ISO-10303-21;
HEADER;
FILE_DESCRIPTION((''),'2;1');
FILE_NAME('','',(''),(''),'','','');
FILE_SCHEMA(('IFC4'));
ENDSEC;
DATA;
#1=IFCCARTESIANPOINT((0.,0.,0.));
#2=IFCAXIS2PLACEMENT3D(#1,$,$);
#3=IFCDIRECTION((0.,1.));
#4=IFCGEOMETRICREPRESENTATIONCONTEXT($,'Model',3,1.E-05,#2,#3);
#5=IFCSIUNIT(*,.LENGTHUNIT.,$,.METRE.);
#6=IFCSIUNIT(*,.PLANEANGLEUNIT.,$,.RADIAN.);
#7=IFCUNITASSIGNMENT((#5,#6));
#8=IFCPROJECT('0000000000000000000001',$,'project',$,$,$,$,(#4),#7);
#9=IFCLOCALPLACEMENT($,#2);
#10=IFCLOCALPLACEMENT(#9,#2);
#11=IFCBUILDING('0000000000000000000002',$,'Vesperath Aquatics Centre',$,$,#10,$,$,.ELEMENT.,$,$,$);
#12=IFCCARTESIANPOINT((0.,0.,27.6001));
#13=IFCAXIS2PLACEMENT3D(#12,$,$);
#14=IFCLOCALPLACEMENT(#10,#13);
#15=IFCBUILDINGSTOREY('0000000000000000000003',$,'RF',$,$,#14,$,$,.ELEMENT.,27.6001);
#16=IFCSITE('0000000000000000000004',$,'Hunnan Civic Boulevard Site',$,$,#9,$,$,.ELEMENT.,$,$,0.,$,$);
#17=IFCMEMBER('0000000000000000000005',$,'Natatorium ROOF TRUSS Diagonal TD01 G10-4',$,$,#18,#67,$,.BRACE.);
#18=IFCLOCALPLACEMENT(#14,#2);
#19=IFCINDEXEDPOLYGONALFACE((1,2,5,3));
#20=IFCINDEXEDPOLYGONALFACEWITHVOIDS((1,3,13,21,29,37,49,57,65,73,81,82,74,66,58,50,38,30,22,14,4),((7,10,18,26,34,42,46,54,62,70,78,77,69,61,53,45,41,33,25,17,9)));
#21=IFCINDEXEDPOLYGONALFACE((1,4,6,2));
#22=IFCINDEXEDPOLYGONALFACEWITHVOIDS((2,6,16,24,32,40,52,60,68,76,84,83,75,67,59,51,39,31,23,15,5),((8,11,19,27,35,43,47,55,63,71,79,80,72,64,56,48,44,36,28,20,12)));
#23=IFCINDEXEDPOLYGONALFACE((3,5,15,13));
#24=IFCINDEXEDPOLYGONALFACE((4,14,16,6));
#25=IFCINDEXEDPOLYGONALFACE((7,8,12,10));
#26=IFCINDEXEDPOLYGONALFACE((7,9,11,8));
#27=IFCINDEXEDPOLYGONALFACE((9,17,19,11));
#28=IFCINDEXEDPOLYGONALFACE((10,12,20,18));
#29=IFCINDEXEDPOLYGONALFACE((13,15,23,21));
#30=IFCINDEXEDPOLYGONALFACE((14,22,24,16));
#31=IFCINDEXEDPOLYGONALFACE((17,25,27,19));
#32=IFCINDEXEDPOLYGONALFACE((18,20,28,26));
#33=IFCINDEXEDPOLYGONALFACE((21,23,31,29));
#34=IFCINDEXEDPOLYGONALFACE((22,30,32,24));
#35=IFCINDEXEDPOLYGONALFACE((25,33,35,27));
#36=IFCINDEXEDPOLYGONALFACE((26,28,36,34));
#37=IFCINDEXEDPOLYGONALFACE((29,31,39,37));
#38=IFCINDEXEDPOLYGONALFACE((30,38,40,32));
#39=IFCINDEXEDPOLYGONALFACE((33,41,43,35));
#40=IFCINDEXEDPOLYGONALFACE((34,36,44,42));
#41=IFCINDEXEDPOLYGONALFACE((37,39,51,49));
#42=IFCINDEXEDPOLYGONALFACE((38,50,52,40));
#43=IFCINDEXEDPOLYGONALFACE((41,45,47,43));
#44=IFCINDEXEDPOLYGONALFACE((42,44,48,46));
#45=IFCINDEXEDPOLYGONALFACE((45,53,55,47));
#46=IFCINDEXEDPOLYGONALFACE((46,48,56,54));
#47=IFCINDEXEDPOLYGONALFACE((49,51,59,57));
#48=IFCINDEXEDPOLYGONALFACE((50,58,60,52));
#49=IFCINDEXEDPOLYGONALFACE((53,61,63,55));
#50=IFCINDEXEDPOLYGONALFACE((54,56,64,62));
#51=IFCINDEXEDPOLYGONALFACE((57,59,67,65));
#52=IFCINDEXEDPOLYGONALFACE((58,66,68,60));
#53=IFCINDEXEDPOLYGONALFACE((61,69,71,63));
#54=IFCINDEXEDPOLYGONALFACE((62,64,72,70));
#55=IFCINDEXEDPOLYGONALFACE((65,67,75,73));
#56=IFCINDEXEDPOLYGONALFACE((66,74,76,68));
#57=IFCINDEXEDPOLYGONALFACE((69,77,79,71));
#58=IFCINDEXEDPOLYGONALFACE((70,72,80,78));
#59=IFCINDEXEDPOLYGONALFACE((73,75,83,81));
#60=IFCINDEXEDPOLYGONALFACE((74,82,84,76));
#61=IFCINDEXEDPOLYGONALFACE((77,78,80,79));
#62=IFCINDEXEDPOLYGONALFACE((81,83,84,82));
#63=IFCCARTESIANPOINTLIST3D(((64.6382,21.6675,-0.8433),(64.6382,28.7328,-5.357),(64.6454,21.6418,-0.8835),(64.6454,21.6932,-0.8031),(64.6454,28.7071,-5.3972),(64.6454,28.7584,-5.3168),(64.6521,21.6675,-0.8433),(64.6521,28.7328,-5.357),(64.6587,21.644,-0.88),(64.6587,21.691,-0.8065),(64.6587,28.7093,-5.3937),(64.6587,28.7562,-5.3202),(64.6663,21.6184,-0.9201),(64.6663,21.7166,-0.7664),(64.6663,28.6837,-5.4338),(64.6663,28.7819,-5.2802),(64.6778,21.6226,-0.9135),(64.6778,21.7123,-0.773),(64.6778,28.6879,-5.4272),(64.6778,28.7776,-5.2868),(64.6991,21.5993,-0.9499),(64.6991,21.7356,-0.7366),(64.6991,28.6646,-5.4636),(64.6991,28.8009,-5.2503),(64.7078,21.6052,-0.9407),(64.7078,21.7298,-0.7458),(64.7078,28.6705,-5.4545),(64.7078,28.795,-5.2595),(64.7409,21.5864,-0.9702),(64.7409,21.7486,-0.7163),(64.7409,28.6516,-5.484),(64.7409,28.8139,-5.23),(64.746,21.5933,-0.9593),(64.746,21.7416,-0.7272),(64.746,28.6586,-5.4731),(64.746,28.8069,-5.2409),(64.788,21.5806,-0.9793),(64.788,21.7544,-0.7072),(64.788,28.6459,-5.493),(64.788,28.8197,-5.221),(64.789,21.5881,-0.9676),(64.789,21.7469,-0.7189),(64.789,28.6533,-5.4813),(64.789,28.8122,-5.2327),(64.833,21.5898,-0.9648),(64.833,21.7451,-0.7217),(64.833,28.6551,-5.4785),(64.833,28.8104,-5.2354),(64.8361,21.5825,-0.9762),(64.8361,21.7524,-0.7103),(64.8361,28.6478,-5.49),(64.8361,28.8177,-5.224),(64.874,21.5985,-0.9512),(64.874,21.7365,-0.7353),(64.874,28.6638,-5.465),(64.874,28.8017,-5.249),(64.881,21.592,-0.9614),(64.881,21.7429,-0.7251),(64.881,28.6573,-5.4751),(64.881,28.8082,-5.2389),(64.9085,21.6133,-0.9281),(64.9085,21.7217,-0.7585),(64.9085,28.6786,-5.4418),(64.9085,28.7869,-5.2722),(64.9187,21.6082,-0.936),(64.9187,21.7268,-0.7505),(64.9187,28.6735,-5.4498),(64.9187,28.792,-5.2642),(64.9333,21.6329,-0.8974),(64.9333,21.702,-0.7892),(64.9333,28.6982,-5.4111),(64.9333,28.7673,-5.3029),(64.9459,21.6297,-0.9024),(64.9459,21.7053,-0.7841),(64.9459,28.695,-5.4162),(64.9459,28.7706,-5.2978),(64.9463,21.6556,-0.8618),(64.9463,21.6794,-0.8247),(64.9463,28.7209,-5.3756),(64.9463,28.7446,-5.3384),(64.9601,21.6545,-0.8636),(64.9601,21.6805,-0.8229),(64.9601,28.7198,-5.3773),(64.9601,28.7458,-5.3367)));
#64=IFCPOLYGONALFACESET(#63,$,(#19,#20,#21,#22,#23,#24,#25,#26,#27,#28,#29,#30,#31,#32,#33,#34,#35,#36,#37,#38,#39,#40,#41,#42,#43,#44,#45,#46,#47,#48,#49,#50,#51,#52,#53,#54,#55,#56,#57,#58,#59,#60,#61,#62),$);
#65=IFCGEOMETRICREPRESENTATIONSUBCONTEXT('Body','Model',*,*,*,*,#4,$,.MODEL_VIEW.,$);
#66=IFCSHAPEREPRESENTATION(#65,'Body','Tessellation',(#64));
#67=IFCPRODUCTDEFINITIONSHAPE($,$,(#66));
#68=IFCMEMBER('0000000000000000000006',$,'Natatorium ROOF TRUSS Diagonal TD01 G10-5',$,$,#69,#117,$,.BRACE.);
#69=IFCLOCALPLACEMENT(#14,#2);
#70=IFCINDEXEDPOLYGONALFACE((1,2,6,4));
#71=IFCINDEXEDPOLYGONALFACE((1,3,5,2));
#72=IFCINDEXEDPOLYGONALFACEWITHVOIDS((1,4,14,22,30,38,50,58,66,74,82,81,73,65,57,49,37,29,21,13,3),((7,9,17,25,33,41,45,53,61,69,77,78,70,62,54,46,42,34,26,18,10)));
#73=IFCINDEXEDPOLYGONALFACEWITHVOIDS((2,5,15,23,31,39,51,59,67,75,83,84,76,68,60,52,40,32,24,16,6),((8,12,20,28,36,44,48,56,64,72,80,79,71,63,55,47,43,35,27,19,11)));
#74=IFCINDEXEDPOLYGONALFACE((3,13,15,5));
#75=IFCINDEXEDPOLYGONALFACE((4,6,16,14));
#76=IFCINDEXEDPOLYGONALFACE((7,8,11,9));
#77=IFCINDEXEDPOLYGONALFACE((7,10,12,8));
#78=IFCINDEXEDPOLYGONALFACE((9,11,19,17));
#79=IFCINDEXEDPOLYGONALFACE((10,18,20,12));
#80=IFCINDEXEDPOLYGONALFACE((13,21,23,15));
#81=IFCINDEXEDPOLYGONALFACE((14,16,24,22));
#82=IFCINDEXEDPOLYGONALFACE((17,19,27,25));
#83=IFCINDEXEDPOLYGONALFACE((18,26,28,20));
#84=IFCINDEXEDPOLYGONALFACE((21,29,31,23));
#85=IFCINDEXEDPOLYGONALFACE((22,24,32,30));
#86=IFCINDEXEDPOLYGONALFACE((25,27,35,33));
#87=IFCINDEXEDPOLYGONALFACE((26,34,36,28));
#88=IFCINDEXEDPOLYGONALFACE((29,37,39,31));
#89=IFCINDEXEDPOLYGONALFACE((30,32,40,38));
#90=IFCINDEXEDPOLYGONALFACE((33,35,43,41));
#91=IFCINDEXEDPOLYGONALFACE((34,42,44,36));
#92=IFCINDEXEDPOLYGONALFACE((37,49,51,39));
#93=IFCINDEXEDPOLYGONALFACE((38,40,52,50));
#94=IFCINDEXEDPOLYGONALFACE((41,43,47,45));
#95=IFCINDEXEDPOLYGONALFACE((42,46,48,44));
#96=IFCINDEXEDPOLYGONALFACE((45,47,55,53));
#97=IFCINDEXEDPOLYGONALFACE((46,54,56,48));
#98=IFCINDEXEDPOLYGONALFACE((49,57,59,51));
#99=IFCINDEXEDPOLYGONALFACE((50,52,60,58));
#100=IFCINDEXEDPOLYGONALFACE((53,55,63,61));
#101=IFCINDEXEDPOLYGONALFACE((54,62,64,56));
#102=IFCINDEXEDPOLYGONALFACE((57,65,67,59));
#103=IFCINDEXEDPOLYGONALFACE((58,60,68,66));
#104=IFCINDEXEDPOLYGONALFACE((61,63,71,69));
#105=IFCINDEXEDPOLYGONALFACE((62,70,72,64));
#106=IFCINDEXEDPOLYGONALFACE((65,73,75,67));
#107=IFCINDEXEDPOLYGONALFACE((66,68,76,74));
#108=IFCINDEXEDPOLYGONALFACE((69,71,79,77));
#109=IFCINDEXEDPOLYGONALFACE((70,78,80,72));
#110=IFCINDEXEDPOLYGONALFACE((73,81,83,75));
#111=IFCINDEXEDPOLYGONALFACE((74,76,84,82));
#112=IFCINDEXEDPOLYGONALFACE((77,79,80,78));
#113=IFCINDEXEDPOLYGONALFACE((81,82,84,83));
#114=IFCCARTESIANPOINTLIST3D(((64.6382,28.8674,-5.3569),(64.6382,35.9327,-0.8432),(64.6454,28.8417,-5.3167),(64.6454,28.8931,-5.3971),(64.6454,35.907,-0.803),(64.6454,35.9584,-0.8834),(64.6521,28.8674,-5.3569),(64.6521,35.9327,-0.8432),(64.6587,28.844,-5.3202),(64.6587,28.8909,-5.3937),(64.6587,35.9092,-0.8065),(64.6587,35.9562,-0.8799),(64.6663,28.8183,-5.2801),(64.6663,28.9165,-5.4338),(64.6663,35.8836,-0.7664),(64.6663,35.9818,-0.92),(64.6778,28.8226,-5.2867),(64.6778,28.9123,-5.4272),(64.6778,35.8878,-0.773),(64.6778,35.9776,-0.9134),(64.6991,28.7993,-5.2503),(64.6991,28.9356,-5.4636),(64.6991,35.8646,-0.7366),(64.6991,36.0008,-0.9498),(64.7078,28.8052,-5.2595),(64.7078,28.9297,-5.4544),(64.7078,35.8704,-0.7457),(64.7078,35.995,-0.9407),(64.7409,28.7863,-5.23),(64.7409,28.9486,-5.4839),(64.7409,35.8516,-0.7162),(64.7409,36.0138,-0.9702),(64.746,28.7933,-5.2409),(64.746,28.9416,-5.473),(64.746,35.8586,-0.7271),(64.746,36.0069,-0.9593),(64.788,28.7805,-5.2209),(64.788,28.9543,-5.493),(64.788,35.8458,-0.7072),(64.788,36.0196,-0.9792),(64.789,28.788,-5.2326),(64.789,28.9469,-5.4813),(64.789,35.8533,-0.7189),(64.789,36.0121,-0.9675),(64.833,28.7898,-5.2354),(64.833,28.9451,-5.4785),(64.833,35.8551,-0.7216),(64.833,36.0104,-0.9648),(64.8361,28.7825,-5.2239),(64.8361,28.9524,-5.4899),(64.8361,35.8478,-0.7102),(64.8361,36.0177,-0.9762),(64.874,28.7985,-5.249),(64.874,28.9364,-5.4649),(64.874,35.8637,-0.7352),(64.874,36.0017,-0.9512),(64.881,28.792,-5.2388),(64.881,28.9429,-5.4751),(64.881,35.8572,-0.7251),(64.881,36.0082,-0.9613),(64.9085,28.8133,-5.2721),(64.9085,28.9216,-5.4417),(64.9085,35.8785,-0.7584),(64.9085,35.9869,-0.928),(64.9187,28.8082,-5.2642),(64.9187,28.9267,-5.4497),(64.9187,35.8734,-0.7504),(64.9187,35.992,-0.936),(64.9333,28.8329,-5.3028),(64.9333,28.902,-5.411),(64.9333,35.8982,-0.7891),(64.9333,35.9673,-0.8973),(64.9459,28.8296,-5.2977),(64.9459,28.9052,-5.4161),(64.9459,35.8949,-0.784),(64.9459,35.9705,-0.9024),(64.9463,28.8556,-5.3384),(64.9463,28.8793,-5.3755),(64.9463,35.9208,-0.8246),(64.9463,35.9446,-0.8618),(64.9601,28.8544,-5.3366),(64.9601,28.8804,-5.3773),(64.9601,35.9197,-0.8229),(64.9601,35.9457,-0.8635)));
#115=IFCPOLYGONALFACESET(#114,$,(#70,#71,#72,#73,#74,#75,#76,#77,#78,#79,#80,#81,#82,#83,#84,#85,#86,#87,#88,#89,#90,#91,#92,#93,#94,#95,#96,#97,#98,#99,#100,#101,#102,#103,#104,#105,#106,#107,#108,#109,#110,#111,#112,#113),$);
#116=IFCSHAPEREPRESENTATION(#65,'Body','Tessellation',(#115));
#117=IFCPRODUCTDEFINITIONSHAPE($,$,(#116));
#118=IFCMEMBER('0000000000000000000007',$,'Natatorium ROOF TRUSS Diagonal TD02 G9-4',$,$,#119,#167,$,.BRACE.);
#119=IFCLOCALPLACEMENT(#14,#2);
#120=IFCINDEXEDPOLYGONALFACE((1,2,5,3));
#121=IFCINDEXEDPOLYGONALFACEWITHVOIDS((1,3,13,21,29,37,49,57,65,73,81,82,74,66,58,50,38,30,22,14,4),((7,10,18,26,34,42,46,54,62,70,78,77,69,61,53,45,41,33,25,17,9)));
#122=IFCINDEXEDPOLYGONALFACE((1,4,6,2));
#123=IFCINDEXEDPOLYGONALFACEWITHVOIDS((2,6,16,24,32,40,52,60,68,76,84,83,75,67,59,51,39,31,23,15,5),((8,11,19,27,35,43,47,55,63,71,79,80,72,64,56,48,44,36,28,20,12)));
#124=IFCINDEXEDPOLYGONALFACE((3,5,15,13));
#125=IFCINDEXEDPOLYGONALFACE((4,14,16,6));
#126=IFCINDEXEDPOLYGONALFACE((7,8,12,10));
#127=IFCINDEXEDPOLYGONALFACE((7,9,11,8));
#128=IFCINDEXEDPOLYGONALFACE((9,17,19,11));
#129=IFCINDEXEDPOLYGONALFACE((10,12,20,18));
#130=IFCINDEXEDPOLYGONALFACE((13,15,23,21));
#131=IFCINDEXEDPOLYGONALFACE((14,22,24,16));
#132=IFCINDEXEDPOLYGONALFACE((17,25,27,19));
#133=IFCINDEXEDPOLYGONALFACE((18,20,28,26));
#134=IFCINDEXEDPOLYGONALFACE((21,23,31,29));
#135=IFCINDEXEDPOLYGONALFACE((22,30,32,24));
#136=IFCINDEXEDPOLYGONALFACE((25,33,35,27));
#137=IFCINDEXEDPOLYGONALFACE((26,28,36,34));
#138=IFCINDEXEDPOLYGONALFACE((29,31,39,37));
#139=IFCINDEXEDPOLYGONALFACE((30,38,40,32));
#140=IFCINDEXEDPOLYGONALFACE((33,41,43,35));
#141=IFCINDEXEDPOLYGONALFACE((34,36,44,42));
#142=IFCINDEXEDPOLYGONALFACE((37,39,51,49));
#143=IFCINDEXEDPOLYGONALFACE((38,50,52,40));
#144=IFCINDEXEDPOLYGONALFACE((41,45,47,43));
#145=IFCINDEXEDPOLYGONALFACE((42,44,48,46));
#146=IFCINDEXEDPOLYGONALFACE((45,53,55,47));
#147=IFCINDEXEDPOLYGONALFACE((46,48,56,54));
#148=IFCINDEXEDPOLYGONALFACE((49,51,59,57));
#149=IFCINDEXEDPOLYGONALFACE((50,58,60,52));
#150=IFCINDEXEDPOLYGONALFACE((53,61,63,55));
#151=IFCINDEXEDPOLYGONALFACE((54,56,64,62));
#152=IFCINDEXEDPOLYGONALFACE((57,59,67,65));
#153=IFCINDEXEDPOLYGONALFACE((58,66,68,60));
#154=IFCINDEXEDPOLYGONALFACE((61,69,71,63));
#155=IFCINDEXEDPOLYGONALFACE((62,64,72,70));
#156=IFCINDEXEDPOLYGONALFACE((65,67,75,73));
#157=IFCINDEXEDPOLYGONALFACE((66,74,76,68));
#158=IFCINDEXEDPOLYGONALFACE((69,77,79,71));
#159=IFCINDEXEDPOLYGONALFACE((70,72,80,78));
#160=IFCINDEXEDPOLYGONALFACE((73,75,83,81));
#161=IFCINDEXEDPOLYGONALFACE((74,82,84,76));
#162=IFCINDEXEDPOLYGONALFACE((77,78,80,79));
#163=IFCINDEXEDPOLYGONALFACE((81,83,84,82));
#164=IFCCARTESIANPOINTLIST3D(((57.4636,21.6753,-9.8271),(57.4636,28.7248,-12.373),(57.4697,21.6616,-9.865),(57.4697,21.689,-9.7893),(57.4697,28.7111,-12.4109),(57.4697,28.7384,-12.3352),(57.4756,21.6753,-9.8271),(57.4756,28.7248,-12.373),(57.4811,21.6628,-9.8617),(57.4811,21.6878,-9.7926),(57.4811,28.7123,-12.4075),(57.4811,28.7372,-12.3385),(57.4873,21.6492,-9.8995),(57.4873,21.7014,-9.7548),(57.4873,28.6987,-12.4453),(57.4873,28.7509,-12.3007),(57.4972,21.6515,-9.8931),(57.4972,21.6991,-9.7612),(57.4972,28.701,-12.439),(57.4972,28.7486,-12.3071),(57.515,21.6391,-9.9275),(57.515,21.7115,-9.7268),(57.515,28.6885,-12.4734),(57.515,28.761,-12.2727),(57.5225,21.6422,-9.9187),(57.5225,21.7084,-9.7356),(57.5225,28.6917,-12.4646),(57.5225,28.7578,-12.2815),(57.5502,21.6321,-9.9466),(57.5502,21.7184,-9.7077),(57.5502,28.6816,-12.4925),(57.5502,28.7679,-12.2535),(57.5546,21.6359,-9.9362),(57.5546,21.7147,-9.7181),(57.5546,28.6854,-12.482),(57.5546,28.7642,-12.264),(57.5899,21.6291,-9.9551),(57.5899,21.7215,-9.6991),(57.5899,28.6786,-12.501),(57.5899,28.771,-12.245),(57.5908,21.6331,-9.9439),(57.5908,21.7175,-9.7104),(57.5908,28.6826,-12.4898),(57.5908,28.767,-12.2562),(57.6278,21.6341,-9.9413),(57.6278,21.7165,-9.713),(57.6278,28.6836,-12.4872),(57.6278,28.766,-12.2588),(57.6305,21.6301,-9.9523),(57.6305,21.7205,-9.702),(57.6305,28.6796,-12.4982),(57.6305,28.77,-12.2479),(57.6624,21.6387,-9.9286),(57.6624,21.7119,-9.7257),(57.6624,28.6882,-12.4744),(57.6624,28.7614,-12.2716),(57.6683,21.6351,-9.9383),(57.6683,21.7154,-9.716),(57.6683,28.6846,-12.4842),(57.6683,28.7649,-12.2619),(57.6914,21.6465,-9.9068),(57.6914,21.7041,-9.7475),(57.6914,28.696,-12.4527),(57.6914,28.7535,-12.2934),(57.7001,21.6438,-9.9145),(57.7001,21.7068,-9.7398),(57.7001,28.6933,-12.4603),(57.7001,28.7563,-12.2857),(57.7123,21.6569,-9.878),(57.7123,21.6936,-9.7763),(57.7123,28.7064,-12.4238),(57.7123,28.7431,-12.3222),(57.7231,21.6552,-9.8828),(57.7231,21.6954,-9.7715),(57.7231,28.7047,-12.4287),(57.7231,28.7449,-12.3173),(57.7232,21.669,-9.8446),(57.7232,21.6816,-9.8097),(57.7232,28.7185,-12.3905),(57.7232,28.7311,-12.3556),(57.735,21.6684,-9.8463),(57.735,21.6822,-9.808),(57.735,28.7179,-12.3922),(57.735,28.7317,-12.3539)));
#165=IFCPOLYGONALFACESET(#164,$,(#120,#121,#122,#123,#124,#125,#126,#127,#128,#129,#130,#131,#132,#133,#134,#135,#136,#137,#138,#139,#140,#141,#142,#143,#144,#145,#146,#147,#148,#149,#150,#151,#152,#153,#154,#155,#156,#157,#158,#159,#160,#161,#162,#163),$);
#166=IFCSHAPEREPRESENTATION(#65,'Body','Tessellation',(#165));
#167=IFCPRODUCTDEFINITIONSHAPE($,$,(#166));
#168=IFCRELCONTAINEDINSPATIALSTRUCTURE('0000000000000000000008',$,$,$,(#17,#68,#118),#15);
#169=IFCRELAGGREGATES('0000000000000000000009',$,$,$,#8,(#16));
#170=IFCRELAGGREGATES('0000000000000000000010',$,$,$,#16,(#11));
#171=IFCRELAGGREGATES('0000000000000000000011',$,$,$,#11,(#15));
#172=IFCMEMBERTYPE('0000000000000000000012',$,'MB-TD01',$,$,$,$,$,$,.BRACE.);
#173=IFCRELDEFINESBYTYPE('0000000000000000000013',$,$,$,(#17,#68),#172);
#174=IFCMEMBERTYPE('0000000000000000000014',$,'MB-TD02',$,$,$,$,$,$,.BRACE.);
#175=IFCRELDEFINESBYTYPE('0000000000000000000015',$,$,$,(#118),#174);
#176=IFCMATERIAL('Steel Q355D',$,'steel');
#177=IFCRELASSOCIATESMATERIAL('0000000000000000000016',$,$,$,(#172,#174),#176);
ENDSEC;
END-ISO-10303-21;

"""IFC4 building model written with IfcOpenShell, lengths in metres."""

from ifc_helpers import new_model, si_unit, direction, frame, origin, origin_2d, place, context, subcontext, project, spatial, hollow_circle, extrude, material, material_profile, profile_set, type_object, element, save


model = new_model("IFC4")

# Units and contexts
model_context = context("Model", 3, precision=1e-05, world=origin(), true_north=direction((0.0, 1.0)))
body_context = subcontext(model_context, "Body", "Model", "MODEL_VIEW")
ifc_project = project(units=[si_unit("LENGTHUNIT", "METRE"), si_unit("PLANEANGLEUNIT", "RADIAN")], contexts=[model_context])

# Site, building, storey
site_placement = place(None, origin())
site = spatial("IfcSite", under=ifc_project, at=site_placement, Name="Hunnan Civic Boulevard Site", CompositionType="ELEMENT", RefElevation=0.0)
building_placement = place(site_placement, origin())
building = spatial("IfcBuilding", under=site, at=building_placement, Name="Vesperath Aquatics Centre", CompositionType="ELEMENT")
storey_placement = place(building_placement, frame((0.0, 0.0, 27.6001)))
storey = spatial("IfcBuildingStorey", under=building, at=storey_placement, Name="RF", CompositionType="ELEMENT", Elevation=27.6001)

# Members
ifc_material_1 = material(Name="Steel Q355D", Category="steel")
ifc_material_profile_1 = material_profile(ifc_material_1, hollow_circle(Radius=0.1619, WallThickness=0.0139, at=origin_2d()), Name="CHS 323.9x14")
ifc_profile_set_1 = profile_set([ifc_material_profile_1], Name="Steel Q355D")
member_type_1 = type_object("IfcMemberType", Name="MB-TD01", PredefinedType="BRACE", material=ifc_profile_set_1)
for number, where, z_axis, x_axis, name in (
    (1, (64.8, 21.6675, -0.8433), (0.0, 0.842707, -0.538373), (-1.0, 0.0, 0.0), "Natatorium ROOF TRUSS Diagonal TD01 G10-4"),
    (2, (64.8, 28.8674, -5.3569), (0.0, 0.842707, 0.538373), (-1.0, 0.0, 0.0), "Natatorium ROOF TRUSS Diagonal TD01 G10-5"),
):
    element("IfcMember", number, at=place(storey_placement, frame(where, z_axis=z_axis, x_axis=x_axis)), inside=storey, type_object=member_type_1, Name=name, PredefinedType="BRACE", context=body_context, shape_type="SweptSolid", body=[
        extrude(hollow_circle(Radius=0.1619, WallThickness=0.0139, at=origin_2d()), origin(), (0.0, 0.0, 1.0), 8.384),
    ])
ifc_material_profile_2 = material_profile(ifc_material_1, hollow_circle(Radius=0.1365, WallThickness=0.012, at=origin_2d()), Name="CHS 273.0x12")
ifc_profile_set_2 = profile_set([ifc_material_profile_2], Name="Steel Q355D")
member_type_2 = type_object("IfcMemberType", Name="MB-TD02", PredefinedType="BRACE", material=ifc_profile_set_2)
for number, where, z_axis, x_axis, name in (
    (3, (57.6001, 21.6753, -9.8271), (0.0, 0.940544, -0.339671), (-1.0, 0.0, 0.0), "Natatorium ROOF TRUSS Diagonal TD02 G9-4"),
):
    element("IfcMember", number, at=place(storey_placement, frame(where, z_axis=z_axis, x_axis=x_axis)), inside=storey, type_object=member_type_2, Name=name, PredefinedType="BRACE", context=body_context, shape_type="SweptSolid", body=[
        extrude(hollow_circle(Radius=0.1365, WallThickness=0.012, at=origin_2d()), origin(), (0.0, 0.0, 1.0), 7.4951),
    ])

save(model, "model.ifc")
